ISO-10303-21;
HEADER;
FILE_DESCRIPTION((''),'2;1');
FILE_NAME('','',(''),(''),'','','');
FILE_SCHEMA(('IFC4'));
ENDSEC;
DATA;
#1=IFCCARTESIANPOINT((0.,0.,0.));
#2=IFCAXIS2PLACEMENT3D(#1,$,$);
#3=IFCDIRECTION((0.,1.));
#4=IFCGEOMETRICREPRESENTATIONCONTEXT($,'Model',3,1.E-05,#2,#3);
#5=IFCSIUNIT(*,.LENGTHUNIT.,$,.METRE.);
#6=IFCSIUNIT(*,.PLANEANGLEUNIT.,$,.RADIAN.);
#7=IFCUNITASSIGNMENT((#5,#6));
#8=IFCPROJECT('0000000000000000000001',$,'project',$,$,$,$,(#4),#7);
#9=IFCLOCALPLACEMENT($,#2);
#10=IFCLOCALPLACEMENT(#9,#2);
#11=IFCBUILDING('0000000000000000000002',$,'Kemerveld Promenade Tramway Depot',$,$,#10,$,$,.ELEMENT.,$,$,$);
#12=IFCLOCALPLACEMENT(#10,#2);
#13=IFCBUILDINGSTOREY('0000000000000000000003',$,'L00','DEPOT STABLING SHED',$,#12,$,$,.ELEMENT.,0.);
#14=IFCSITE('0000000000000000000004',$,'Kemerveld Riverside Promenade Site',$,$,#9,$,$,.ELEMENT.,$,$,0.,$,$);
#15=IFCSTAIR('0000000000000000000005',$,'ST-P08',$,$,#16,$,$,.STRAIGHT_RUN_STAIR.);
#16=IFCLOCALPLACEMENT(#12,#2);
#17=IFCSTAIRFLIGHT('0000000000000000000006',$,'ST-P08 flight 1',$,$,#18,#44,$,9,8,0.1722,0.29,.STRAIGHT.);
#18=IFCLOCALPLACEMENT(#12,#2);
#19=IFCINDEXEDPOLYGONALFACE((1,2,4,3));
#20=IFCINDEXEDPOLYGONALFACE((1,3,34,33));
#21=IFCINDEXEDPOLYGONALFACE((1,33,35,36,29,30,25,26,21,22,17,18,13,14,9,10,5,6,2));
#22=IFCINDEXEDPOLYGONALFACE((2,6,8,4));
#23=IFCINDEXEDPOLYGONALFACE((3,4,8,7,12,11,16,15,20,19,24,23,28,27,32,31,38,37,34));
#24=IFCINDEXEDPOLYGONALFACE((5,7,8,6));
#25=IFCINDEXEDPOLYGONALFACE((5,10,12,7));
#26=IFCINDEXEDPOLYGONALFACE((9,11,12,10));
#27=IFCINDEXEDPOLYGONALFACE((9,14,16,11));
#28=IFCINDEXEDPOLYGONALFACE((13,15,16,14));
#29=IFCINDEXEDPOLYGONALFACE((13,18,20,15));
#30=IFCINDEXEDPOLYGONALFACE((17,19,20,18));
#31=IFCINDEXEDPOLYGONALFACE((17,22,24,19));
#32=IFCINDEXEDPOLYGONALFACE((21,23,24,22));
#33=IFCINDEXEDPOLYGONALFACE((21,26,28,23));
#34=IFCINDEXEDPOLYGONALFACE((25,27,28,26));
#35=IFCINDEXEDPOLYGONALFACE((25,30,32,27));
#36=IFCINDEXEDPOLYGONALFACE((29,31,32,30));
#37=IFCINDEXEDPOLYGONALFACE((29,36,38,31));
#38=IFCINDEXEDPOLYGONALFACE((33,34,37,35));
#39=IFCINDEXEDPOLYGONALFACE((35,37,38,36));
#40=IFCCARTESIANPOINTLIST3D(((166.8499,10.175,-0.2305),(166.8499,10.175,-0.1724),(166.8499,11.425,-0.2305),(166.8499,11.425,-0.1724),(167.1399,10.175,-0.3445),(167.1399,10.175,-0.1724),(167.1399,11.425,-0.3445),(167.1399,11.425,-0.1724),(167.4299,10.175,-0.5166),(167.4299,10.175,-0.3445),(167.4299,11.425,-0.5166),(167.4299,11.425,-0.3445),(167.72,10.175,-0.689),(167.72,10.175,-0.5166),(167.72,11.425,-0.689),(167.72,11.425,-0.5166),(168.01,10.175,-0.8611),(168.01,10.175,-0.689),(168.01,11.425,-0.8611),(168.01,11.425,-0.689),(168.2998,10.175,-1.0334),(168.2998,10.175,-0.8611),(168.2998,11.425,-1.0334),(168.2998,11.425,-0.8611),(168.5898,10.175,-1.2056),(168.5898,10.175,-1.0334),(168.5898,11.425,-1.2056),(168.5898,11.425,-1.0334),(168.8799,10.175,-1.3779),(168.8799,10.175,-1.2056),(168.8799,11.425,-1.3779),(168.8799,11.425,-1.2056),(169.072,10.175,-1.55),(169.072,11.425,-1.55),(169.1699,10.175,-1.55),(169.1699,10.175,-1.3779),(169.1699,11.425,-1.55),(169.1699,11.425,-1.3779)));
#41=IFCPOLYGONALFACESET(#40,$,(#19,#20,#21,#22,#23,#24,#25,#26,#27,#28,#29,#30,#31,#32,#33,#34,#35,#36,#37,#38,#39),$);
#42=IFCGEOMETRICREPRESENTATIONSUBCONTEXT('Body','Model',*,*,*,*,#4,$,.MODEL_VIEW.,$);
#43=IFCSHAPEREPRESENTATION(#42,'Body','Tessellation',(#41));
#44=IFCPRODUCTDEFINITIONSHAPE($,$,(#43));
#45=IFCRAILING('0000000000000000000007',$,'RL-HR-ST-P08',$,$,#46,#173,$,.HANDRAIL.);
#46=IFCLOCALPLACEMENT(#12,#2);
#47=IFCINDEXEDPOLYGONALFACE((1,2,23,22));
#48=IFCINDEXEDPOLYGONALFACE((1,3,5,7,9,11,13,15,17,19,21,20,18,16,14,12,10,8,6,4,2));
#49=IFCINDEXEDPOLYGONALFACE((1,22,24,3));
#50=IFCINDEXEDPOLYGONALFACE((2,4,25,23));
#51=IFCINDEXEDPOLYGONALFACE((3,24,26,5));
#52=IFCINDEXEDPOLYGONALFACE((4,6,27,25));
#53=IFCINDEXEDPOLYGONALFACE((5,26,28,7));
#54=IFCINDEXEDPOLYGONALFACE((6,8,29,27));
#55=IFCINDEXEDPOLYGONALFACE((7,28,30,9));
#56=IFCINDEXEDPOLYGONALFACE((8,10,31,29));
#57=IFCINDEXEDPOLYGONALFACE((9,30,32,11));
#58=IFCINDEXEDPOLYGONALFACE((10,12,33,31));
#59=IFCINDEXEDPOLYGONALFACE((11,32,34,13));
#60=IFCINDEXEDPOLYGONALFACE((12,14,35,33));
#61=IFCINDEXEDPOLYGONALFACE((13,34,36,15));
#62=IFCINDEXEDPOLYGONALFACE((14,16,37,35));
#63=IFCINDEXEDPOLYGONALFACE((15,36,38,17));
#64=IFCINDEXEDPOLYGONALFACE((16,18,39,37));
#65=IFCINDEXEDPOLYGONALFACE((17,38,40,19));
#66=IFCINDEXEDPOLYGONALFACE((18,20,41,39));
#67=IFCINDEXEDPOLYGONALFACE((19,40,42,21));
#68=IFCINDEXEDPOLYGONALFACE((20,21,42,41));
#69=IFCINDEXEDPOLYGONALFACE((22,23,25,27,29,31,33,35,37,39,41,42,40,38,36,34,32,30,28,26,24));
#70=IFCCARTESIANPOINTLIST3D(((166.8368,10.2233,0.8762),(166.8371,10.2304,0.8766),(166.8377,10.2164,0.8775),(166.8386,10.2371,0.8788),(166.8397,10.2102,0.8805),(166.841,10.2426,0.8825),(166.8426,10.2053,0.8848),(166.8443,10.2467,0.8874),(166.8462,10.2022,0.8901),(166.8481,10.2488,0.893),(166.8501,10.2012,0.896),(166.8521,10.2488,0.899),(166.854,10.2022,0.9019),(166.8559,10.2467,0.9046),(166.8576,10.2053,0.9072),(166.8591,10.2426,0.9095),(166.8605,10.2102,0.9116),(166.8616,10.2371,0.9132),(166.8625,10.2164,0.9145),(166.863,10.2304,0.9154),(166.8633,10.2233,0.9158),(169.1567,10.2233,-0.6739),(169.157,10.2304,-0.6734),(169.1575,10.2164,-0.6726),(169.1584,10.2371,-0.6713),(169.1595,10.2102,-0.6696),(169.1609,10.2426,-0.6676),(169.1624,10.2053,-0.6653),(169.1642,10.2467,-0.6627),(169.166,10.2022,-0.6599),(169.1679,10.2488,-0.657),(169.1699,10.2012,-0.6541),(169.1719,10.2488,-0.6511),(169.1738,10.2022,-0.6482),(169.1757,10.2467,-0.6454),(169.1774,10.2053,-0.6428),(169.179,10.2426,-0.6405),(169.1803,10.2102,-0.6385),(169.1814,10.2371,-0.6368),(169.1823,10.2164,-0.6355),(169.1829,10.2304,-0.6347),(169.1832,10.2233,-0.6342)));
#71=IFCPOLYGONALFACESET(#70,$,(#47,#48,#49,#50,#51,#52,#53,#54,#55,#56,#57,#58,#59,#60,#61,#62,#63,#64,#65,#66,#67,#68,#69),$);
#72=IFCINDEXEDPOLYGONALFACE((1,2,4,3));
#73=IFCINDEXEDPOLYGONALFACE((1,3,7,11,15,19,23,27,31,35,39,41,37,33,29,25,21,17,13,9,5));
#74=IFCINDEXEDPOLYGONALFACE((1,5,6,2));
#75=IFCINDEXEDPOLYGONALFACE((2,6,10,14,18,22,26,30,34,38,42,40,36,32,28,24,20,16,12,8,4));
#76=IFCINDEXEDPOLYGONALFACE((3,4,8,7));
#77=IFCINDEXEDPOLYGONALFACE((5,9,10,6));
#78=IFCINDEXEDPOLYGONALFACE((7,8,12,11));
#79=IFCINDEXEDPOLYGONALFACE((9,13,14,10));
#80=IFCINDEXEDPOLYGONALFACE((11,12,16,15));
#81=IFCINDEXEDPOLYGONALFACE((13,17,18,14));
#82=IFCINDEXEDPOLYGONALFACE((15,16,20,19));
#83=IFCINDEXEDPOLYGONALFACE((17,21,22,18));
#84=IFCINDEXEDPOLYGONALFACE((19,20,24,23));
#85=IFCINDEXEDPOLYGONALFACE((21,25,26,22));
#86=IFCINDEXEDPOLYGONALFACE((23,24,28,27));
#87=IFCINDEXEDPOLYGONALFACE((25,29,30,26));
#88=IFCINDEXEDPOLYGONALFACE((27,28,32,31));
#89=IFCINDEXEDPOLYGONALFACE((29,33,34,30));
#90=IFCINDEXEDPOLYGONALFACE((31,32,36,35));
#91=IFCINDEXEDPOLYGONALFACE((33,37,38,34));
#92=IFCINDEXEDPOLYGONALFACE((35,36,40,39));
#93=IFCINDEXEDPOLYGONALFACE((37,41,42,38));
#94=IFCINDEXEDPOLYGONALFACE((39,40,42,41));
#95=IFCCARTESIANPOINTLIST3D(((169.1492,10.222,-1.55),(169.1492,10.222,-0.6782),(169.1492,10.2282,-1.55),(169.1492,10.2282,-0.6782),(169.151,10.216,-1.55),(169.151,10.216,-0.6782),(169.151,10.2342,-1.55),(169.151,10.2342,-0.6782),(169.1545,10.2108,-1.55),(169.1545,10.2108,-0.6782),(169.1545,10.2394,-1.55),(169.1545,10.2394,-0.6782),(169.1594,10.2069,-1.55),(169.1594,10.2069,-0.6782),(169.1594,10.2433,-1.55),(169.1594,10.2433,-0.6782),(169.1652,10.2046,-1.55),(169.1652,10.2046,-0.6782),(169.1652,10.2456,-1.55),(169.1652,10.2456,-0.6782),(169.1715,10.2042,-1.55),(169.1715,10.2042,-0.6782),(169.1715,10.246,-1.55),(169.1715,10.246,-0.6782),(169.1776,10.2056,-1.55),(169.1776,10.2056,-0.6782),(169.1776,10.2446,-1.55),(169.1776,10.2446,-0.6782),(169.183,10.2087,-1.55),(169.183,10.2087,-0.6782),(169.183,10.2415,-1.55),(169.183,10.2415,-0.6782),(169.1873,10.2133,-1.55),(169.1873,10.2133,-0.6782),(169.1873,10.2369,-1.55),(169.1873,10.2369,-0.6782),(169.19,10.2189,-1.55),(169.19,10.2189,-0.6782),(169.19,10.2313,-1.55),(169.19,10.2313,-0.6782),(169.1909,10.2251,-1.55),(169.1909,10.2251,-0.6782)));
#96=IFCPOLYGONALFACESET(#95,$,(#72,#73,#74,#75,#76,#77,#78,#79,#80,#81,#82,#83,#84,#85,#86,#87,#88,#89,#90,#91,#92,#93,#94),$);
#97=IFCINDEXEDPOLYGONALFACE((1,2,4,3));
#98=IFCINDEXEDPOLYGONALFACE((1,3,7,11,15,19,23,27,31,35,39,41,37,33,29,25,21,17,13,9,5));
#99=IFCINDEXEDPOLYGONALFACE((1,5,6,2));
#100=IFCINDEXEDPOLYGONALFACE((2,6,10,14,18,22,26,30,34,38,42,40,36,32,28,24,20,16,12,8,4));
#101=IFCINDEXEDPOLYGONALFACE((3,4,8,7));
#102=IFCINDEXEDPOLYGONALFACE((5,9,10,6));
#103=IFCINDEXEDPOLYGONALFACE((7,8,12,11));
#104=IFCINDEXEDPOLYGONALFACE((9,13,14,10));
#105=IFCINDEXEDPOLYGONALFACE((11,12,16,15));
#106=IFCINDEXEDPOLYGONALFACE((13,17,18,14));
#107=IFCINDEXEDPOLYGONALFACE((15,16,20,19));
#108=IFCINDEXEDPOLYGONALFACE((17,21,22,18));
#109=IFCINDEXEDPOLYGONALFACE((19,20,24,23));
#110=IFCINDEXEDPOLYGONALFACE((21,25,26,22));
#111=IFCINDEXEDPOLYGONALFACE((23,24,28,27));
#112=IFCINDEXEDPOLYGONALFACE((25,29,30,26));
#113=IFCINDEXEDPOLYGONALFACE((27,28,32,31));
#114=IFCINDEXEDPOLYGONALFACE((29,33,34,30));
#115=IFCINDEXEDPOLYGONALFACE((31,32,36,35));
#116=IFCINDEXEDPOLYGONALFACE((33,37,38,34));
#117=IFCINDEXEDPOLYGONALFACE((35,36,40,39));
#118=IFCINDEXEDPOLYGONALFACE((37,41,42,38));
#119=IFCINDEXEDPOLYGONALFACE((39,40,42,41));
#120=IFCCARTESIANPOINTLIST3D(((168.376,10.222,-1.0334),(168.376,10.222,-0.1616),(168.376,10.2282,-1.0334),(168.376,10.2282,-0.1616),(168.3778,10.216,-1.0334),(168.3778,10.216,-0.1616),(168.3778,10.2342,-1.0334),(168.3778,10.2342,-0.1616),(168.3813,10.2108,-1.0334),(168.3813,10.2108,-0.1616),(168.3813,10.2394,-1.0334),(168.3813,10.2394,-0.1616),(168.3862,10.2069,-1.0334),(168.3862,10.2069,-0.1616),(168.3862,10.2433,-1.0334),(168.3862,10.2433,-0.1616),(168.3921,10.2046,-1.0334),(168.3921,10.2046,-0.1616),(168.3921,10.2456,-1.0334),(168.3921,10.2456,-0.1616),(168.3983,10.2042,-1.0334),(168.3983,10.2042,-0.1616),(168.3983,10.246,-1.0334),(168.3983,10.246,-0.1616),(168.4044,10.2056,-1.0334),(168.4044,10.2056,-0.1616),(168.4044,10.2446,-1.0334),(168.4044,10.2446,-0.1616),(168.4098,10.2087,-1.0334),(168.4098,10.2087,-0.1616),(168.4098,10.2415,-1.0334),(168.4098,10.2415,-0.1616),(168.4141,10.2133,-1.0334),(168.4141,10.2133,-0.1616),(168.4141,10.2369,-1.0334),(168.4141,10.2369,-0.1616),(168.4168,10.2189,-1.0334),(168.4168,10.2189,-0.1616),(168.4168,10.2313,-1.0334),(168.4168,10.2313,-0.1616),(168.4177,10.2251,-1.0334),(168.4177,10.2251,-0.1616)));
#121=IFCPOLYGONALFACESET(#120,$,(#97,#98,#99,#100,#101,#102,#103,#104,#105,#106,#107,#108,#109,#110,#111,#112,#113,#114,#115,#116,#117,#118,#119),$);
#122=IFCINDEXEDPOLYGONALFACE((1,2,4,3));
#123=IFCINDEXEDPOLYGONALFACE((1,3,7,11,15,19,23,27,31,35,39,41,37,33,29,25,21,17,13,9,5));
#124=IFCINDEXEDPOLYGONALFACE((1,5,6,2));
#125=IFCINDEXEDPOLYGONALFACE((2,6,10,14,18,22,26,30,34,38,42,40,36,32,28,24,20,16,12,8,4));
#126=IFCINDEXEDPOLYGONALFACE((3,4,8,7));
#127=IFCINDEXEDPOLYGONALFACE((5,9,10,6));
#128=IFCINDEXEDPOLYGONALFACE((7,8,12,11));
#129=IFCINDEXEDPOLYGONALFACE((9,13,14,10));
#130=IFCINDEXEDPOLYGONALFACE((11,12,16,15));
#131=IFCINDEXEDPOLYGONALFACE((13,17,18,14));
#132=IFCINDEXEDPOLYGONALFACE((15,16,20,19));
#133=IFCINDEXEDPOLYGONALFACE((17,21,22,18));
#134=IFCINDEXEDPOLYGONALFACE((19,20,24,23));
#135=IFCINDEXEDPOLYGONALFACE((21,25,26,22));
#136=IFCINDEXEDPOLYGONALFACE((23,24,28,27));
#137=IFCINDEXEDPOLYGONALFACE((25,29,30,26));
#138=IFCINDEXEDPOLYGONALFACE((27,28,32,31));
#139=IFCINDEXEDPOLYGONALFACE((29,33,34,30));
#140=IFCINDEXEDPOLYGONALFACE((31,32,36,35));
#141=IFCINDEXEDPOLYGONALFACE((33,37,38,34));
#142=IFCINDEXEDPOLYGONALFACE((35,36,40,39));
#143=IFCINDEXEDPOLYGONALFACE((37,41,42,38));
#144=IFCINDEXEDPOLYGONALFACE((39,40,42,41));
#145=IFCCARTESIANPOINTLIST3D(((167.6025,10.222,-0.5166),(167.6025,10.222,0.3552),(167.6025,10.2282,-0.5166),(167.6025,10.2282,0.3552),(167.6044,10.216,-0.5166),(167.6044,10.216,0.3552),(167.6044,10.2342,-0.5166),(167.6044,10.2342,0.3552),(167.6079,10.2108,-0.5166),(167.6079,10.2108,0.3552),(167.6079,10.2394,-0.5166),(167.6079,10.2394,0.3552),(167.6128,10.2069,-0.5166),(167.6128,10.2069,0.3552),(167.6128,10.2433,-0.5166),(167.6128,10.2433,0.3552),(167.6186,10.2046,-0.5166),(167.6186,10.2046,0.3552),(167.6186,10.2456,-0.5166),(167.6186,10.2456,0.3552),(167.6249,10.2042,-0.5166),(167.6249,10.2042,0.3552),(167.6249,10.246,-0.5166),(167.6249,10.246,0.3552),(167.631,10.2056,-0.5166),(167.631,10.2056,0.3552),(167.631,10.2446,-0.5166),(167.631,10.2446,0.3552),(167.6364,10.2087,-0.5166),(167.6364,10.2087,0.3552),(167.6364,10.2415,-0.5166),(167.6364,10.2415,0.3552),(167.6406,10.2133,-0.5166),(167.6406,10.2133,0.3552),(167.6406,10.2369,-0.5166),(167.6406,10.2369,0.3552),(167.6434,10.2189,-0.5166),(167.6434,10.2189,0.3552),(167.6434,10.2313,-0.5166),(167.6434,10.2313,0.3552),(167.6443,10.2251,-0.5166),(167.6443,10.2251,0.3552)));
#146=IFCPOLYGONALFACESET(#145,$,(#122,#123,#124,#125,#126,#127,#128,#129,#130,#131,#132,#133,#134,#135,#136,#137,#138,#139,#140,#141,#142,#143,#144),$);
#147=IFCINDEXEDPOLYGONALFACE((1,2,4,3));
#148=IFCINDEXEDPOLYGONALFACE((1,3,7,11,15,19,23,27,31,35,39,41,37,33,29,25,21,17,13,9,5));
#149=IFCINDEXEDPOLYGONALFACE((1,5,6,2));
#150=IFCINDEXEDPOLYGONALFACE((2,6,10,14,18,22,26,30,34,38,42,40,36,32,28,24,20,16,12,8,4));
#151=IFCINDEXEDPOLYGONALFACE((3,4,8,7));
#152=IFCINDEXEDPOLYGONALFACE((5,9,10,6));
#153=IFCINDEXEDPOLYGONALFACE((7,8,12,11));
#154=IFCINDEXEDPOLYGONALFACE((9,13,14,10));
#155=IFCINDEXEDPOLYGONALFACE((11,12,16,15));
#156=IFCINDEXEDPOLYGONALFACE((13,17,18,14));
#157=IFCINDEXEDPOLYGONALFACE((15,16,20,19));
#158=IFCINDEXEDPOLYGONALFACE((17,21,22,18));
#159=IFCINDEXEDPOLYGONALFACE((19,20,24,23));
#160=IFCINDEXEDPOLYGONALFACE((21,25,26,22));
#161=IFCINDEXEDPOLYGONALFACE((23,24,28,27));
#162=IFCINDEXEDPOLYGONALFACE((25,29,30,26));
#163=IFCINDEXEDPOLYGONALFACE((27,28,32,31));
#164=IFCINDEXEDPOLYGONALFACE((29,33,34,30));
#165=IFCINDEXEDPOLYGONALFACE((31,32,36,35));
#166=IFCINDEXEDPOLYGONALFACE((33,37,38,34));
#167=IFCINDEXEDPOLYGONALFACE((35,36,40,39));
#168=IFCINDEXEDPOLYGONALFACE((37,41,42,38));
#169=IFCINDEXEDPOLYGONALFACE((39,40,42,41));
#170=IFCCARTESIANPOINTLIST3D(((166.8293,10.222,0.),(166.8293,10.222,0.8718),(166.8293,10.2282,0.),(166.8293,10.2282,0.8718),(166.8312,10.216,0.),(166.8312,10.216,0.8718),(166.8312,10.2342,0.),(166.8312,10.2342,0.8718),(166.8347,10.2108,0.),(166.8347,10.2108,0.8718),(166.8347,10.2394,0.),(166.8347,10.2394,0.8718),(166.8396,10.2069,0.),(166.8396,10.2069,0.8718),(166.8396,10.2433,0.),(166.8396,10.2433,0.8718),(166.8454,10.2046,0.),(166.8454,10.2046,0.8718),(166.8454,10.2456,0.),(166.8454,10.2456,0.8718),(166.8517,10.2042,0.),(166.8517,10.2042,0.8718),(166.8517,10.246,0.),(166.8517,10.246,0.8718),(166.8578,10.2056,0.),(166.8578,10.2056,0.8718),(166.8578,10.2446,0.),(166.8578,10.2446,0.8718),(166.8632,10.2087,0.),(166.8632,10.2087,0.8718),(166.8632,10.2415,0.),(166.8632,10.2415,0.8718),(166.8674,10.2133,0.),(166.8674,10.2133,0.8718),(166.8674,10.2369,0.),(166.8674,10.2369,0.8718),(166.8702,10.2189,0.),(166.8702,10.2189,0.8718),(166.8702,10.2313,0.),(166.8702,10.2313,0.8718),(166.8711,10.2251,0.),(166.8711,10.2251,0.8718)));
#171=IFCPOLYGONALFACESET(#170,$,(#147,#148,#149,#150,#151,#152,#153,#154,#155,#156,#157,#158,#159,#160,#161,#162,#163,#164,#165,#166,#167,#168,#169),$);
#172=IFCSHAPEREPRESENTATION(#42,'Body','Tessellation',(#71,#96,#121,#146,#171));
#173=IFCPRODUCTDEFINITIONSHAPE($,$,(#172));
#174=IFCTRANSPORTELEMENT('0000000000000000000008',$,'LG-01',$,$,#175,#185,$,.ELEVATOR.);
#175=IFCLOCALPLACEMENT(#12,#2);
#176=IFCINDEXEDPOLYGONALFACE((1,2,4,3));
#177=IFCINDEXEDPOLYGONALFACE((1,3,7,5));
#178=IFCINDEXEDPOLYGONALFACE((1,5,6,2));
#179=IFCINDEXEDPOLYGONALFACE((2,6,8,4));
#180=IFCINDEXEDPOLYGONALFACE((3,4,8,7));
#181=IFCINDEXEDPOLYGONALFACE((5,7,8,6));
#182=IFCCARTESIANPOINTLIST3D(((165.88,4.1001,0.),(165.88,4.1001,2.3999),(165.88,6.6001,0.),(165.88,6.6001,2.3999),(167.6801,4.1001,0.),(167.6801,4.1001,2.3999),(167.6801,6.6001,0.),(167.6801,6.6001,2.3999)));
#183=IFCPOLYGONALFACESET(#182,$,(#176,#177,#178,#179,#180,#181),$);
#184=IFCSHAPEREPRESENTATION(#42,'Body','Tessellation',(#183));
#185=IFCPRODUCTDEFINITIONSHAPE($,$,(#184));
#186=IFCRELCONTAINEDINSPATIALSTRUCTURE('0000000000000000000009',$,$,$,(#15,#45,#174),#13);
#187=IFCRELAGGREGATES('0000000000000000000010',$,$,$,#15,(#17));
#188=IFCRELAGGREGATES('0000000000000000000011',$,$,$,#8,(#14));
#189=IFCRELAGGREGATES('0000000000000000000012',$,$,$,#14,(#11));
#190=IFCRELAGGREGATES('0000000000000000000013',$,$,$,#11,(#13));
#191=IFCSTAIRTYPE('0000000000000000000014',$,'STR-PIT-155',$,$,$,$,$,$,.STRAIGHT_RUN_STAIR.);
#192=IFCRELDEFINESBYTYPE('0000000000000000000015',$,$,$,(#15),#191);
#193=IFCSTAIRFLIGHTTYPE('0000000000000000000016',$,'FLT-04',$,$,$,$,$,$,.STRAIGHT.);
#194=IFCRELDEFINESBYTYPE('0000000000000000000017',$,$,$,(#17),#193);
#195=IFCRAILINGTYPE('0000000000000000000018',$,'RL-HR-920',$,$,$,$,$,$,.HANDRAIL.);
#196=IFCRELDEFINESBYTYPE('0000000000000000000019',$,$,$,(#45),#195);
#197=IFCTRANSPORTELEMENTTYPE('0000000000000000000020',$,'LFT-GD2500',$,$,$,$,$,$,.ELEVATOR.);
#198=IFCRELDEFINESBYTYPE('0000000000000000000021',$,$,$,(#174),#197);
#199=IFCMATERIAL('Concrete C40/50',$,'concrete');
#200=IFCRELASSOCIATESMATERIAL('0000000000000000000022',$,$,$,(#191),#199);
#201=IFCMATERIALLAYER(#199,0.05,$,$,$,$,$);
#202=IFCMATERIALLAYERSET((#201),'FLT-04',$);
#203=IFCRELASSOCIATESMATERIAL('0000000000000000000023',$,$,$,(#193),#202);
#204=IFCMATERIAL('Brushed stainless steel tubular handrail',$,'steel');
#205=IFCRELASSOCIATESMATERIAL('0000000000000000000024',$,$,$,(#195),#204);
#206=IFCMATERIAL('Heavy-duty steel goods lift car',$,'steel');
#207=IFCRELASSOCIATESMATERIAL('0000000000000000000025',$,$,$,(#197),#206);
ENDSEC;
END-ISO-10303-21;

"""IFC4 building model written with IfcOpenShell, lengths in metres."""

from ifc_helpers import new_model, si_unit, direction, frame, origin, origin_2d, place, context, subcontext, project, spatial, polyline, rectangle, circle, outline, extrude, material, layer, layer_set, type_object, element, aggregate, save


model = new_model("IFC4")

# Units and contexts
model_context = context("Model", 3, precision=1e-05, world=origin(), true_north=direction((0.0, 1.0)))
body_context = subcontext(model_context, "Body", "Model", "MODEL_VIEW")
ifc_project = project(units=[si_unit("LENGTHUNIT", "METRE"), si_unit("PLANEANGLEUNIT", "RADIAN")], contexts=[model_context])

# Site, building, storey
site_placement = place(None, origin())
site = spatial("IfcSite", under=ifc_project, at=site_placement, Name="Kemerveld Riverside Promenade Site", CompositionType="ELEMENT", RefElevation=0.0)
building_placement = place(site_placement, origin())
building = spatial("IfcBuilding", under=site, at=building_placement, Name="Kemerveld Promenade Tramway Depot", CompositionType="ELEMENT")
storey_placement = place(building_placement, origin())
storey = spatial("IfcBuildingStorey", under=building, at=storey_placement, Name="L00", Description="DEPOT STABLING SHED", CompositionType="ELEMENT", Elevation=0.0)

# Shared definitions
ifc_material_1 = material(Name="Concrete C40/50", Category="concrete")

# Stair, stair flight
stair_type = type_object("IfcStairType", Name="STR-PIT-155", PredefinedType="STRAIGHT_RUN_STAIR", material=ifc_material_1)
stair_placement = place(storey_placement, origin())
stair = element("IfcStair", 1, at=stair_placement, inside=storey, type_object=stair_type, Name="ST-P08", PredefinedType="STRAIGHT_RUN_STAIR")
ifc_layer_1 = layer(ifc_material_1, 0.05)
ifc_layer_set_1 = layer_set([ifc_layer_1], Name="FLT-04")
stair_flight_type = type_object("IfcStairFlightType", Name="FLT-04", PredefinedType="STRAIGHT", material=ifc_layer_set_1)
stair_flight_placement = place(storey_placement, frame((169.1699, 10.8, -1.55), z_axis=(0.0, 0.0, 1.0), x_axis=(-1.0, 0.0, 0.0)))
stair_flight = element("IfcStairFlight", 2, at=stair_flight_placement, type_object=stair_flight_type, Name="ST-P08 flight 1", NumberOfRisers=9, NumberOfTreads=8, PredefinedType="STRAIGHT", RiserHeight=0.1722, TreadLength=0.29, context=body_context, shape_type="SweptSolid", body=[
    extrude(outline(polyline([(0.0, 0.0), (0.0, 0.1721), (0.29, 0.1721), (0.29, 0.3445), (0.5801, 0.3445), (0.5801, 0.5166), (0.8701, 0.5166), (0.8701, 0.689), (1.1599, 0.689), (1.1599, 0.8611), (1.45, 0.8611), (1.45, 1.0334), (1.74, 1.0334), (1.74, 1.2056), (2.03, 1.2056), (2.03, 1.3777), (2.3201, 1.3777), (2.3201, 1.55), (2.3201, 1.3196), (0.0979, 0.0), (0.0, 0.0)])), frame((0.0, 0.625, 0.0), z_axis=(0.0, -1.0, 0.0), x_axis=(1.0, 0.0, 0.0)), (0.0, 0.0, 1.0), 1.25),
])
aggregate(stair, [stair_flight])

# Railing
ifc_material_2 = material(Name="Brushed stainless steel tubular handrail", Category="steel")
railing_type_1 = type_object("IfcRailingType", Name="RL-HR-920", PredefinedType="HANDRAIL", material=ifc_material_2)
railing_1_placement = place(storey_placement, frame((169.1699, 10.2251, -1.55)))
element("IfcRailing", 3, at=railing_1_placement, inside=storey, type_object=railing_type_1, Name="RL-HR-ST-P08", PredefinedType="HANDRAIL", context=body_context, shape_type="SweptSolid", body=[
    extrude(circle(Radius=0.0239, at=origin_2d()), frame((0.0, 0.0, 0.896), z_axis=(-0.831471, 0.0, 0.555568), x_axis=(0.0, -1.0, 0.0)), (0.0, 0.0, 1.0), 2.79),
    extrude(circle(Radius=0.021, at=origin_2d()), origin(), (0.0, 0.0, 1.0), 0.8718),
    extrude(circle(Radius=0.021, at=origin_2d()), frame((-0.7732, 0.0, 0.5166)), (0.0, 0.0, 1.0), 0.8718),
    extrude(circle(Radius=0.021, at=origin_2d()), frame((-1.5466, 0.0, 1.0334)), (0.0, 0.0, 1.0), 0.8718),
    extrude(circle(Radius=0.021, at=origin_2d()), frame((-2.3198, 0.0, 1.55)), (0.0, 0.0, 1.0), 0.8718),
])

# Transport element
ifc_material_3 = material(Name="Heavy-duty steel goods lift car", Category="steel")
transport_element_type = type_object("IfcTransportElementType", Name="LFT-GD2500", PredefinedType="ELEVATOR", material=ifc_material_3)
transport_element_placement = place(storey_placement, frame((166.78, 5.3501, 0.0), z_axis=(0.0, 0.0, 1.0), x_axis=(1.0, 0.0, 0.0)))
element("IfcTransportElement", 4, at=transport_element_placement, inside=storey, type_object=transport_element_type, Name="LG-01", PredefinedType="ELEVATOR", context=body_context, shape_type="SweptSolid", body=[
    extrude(rectangle(XDim=1.8, YDim=2.5, at=origin_2d()), origin(), (0.0, 0.0, 1.0), 2.3999),
])

save(model, "model.ifc")
